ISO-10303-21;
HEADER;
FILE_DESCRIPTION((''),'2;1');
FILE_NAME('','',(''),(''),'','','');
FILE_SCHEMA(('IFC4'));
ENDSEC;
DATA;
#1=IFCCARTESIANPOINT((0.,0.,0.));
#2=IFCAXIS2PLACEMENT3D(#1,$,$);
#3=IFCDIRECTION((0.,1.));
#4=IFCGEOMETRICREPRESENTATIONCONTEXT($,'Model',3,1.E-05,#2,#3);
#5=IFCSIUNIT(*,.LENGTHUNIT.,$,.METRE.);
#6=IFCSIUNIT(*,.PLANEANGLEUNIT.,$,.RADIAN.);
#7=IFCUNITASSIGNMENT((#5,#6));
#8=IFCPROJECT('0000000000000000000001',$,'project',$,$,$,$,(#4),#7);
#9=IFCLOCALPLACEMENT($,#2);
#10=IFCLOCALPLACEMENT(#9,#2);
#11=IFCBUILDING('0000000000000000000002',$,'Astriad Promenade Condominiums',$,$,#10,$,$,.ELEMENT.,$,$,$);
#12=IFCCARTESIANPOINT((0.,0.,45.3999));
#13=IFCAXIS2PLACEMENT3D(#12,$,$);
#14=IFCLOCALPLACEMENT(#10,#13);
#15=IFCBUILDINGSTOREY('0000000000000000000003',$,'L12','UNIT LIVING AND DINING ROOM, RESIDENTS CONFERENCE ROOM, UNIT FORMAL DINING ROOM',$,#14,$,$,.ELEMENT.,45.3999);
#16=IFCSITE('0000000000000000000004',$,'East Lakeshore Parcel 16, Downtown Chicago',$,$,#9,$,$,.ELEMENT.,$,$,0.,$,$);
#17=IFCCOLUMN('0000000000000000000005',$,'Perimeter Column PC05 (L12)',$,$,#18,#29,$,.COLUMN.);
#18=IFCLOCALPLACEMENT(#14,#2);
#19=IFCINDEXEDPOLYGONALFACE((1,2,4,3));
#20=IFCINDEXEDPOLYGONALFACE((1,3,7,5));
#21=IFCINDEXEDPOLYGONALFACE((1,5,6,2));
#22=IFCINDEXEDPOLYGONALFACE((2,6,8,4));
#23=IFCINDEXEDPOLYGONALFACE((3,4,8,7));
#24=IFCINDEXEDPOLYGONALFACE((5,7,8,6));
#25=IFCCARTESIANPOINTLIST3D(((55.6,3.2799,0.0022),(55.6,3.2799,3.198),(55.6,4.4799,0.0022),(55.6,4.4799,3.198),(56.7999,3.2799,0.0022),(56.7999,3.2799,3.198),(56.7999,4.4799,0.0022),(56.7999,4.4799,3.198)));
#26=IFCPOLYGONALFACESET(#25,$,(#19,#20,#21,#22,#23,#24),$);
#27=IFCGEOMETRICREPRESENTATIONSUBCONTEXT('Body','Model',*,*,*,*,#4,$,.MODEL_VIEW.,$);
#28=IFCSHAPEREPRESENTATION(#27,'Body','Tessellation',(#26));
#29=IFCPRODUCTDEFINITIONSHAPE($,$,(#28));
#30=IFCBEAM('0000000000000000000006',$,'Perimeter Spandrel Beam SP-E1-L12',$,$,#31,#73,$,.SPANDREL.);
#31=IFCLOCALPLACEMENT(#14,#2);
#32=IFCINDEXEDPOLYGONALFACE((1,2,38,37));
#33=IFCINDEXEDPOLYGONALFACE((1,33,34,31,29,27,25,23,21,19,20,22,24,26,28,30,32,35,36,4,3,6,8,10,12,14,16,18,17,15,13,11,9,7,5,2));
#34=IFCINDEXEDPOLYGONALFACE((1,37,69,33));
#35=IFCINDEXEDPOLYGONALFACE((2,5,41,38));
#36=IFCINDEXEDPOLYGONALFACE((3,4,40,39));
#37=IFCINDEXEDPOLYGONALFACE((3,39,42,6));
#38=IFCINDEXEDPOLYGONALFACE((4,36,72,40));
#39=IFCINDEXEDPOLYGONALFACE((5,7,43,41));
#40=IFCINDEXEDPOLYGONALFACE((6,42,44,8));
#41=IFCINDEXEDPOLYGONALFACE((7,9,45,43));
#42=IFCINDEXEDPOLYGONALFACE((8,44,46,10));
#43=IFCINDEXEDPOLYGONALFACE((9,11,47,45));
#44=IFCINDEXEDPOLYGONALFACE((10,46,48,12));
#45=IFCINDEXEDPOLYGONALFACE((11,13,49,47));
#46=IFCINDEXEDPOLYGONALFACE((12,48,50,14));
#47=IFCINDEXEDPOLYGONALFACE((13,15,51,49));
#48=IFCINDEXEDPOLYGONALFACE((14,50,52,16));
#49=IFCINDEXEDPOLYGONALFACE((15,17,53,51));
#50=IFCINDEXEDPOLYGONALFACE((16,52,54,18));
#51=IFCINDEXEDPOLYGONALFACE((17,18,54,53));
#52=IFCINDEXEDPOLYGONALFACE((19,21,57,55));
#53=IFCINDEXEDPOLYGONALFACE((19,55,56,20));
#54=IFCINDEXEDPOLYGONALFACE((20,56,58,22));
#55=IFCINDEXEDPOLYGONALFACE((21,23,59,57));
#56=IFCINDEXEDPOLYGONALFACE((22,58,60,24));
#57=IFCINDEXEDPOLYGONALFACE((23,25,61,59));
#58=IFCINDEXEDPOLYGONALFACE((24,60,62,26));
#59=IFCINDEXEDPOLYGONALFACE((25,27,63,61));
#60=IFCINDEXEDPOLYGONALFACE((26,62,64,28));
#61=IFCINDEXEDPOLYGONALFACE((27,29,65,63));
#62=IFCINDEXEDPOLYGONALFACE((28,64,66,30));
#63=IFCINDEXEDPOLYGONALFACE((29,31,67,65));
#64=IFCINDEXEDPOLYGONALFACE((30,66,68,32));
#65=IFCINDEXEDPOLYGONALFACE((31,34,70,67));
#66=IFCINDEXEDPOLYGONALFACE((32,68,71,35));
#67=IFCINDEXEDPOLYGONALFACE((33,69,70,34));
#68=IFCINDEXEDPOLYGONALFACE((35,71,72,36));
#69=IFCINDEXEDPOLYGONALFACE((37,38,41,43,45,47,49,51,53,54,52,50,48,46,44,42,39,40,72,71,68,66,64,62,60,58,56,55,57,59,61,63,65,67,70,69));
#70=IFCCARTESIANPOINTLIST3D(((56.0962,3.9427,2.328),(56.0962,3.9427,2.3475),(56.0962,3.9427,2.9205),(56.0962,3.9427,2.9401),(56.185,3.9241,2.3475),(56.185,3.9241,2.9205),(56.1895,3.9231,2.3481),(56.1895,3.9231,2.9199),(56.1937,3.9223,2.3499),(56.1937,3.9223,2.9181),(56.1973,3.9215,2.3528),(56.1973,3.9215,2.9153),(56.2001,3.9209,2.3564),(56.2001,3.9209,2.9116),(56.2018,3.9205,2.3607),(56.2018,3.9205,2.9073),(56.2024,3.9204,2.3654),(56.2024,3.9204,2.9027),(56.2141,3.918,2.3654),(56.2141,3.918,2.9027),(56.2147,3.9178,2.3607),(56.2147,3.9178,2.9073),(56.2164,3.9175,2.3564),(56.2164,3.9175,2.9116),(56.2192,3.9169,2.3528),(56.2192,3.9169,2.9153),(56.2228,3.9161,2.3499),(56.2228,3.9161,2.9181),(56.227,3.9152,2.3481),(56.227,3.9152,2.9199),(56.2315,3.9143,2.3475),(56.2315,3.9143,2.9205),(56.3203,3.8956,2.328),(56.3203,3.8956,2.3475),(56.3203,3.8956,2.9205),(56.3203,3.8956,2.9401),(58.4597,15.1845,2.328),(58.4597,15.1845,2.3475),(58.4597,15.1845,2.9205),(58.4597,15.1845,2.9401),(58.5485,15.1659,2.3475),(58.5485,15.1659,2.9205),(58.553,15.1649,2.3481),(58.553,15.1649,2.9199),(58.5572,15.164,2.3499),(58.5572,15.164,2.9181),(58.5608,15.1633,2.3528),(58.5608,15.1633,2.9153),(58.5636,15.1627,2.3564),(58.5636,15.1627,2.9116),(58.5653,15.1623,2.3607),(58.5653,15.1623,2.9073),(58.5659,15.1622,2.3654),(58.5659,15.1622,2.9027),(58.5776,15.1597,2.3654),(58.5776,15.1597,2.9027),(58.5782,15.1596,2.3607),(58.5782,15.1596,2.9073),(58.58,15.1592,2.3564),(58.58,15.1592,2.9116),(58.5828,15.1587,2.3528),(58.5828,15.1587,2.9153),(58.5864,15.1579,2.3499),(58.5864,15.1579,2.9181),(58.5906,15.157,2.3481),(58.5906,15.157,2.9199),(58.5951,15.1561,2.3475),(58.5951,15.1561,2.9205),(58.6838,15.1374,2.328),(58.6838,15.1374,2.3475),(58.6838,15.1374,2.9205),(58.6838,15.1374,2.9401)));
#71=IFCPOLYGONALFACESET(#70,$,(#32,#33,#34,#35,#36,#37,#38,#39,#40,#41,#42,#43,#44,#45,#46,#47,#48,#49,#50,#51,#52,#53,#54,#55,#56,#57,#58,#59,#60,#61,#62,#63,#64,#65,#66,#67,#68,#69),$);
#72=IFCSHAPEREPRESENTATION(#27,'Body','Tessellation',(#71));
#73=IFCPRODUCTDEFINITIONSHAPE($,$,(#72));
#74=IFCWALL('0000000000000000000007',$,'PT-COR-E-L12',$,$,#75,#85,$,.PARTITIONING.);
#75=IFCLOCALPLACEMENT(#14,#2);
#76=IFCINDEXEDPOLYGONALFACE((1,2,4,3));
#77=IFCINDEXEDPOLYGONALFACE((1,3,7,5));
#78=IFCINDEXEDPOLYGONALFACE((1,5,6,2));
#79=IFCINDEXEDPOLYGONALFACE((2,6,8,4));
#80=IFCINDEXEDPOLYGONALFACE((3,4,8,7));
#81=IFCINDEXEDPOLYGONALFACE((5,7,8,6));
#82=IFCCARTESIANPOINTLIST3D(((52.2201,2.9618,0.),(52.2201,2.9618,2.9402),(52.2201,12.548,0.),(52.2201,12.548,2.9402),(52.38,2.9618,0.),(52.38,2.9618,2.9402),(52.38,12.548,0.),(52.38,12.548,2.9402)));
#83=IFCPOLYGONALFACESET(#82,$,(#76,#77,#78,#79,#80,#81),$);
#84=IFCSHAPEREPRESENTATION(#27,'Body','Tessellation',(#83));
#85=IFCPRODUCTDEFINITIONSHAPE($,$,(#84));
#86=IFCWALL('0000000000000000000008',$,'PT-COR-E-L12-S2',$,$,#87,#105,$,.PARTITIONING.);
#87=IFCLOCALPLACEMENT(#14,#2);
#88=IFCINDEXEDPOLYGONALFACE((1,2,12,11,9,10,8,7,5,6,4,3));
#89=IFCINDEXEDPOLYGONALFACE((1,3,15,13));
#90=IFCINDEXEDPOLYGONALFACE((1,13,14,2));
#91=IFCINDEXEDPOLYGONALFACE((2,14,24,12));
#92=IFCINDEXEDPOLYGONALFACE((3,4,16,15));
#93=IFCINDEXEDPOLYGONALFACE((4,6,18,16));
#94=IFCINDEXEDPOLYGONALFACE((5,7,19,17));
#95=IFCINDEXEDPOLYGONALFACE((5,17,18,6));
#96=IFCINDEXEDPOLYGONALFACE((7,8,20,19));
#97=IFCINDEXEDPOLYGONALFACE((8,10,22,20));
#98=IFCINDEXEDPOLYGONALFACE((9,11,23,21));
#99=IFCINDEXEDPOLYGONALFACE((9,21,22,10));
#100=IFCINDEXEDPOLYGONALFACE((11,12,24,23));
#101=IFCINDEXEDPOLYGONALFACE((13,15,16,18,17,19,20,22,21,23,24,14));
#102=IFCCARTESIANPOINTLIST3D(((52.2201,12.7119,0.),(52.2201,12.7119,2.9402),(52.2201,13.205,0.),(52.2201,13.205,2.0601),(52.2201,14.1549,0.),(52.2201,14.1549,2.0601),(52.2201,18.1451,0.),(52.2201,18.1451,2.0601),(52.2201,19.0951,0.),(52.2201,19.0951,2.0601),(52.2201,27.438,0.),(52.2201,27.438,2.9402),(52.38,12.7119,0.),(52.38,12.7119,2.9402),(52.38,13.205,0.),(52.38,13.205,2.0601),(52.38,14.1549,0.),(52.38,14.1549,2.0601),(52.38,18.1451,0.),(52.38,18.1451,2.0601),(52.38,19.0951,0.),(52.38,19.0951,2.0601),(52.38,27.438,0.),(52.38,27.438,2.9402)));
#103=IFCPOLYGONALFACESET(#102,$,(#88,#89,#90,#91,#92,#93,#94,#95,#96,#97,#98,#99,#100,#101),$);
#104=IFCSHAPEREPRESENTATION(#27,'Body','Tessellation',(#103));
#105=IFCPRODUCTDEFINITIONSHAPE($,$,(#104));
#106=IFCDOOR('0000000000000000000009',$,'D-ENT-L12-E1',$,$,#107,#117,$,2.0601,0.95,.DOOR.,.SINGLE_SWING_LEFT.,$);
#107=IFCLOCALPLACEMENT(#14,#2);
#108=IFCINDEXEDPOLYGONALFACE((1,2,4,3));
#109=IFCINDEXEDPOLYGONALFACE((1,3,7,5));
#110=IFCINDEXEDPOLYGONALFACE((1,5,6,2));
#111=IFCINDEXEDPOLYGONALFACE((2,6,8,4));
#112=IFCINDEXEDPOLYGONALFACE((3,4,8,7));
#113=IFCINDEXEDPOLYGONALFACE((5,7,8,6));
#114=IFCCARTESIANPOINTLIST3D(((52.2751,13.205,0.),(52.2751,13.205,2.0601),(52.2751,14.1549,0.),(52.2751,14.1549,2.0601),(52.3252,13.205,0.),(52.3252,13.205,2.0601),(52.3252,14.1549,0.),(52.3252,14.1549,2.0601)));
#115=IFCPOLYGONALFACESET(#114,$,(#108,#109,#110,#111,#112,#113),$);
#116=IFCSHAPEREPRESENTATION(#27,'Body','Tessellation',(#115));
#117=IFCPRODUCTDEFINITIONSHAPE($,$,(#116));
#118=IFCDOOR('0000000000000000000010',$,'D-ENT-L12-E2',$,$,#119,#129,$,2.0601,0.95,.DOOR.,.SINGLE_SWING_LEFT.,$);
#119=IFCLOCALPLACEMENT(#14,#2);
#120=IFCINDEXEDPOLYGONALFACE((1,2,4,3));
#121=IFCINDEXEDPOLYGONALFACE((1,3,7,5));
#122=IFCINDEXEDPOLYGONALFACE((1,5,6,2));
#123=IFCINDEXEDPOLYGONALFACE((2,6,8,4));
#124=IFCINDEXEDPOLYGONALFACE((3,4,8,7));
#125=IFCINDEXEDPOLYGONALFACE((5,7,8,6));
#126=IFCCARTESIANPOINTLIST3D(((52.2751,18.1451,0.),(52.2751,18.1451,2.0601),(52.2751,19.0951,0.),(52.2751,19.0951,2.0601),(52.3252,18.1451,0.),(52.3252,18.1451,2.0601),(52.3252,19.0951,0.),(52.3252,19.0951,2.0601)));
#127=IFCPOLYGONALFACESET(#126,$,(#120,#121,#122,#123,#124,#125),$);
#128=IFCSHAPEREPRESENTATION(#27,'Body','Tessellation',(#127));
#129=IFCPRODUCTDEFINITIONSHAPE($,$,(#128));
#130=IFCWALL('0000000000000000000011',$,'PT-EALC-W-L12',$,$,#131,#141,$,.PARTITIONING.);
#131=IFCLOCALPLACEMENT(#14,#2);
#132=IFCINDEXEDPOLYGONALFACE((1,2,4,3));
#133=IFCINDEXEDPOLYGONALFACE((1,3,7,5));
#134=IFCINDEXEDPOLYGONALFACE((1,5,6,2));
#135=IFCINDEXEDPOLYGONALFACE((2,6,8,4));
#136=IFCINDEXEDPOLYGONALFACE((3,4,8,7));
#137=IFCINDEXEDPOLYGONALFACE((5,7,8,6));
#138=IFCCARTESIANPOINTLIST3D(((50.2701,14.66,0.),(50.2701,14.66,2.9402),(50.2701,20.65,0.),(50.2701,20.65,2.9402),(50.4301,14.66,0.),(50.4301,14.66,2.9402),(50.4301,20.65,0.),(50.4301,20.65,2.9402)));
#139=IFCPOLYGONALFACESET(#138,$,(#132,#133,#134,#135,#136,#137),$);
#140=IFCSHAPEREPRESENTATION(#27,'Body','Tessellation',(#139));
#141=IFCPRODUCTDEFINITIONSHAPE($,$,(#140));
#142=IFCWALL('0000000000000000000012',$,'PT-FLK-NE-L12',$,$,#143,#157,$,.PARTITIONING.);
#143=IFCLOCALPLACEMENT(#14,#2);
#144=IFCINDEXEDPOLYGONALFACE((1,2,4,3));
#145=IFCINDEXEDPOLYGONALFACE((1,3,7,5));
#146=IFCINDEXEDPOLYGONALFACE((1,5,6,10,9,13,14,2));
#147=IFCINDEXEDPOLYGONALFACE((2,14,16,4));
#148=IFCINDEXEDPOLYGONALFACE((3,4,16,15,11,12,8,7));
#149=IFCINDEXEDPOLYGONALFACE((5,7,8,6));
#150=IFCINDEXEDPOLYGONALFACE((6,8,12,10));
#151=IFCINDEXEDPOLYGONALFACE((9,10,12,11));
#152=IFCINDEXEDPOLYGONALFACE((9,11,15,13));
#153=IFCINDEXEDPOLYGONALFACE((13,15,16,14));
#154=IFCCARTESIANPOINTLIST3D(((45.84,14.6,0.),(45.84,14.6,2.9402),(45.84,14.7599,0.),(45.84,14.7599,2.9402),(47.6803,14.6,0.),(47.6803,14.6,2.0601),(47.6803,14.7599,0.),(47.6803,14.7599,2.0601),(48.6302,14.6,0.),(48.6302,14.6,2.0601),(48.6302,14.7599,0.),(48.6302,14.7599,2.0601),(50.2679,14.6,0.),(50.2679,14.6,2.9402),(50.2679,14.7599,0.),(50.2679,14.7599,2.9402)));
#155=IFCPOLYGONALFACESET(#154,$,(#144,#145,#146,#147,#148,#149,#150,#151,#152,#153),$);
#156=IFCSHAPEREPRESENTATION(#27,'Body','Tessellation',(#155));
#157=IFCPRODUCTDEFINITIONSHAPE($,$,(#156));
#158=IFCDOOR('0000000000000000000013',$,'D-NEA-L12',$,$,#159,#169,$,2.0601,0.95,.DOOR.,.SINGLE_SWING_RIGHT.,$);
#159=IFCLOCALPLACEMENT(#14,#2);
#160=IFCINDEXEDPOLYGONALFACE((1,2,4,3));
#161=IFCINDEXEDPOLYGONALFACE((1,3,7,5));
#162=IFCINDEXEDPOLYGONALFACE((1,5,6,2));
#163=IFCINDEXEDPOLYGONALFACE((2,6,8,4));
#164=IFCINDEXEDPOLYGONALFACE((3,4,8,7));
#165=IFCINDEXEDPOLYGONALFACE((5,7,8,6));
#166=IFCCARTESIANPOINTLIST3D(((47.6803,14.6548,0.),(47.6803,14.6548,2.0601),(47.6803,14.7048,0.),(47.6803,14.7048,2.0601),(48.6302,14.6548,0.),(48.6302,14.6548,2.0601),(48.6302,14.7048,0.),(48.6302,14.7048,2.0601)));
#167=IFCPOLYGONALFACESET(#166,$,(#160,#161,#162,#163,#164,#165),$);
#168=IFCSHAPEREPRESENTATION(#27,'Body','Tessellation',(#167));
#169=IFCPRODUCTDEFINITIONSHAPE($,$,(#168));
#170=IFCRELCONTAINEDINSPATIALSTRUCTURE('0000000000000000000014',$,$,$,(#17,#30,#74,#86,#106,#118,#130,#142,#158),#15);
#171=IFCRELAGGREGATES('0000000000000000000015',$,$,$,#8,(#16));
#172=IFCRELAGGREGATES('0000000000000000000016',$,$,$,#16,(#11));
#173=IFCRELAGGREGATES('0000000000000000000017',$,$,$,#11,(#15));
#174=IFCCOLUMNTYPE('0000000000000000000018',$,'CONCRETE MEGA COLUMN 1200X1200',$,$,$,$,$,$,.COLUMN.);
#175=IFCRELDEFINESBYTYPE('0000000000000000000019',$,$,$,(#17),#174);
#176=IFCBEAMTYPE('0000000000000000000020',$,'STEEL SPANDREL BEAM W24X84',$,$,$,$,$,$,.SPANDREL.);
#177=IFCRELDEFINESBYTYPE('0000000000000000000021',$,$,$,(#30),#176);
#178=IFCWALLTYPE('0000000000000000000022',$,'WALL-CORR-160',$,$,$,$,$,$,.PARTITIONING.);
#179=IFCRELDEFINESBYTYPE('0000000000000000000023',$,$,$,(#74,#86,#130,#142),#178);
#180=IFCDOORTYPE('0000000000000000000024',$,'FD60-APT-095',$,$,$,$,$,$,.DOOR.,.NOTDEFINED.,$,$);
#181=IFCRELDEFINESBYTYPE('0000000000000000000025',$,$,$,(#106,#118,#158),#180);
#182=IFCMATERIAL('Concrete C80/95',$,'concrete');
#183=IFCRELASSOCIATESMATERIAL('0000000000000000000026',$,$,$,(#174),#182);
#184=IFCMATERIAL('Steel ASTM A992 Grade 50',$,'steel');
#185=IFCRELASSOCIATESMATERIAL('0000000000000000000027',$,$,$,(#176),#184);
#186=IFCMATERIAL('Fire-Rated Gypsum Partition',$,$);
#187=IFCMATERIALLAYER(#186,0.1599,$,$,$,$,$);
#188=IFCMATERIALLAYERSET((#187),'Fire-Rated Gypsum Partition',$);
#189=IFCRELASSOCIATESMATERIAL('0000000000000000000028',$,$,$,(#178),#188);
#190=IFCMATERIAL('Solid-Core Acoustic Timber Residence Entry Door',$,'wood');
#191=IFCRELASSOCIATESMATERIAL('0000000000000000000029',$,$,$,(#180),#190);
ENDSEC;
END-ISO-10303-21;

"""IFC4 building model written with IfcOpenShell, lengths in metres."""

from ifc_helpers import new_model, si_unit, direction, frame, frame_2d, origin, origin_2d, place, context, subcontext, project, spatial, rectangle, i_section, extrude, source, transform, mapped, material, layer, layer_set, material_profile, profile_set, type_object, type_shapes, element, fill, save


model = new_model("IFC4")

# Units and contexts
model_context = context("Model", 3, precision=1e-05, world=origin(), true_north=direction((0.0, 1.0)))
body_context = subcontext(model_context, "Body", "Model", "MODEL_VIEW")
ifc_project = project(units=[si_unit("LENGTHUNIT", "METRE"), si_unit("PLANEANGLEUNIT", "RADIAN")], contexts=[model_context])

# Site, building, storey
site_placement = place(None, origin())
site = spatial("IfcSite", under=ifc_project, at=site_placement, Name="East Lakeshore Parcel 16, Downtown Chicago", CompositionType="ELEMENT", RefElevation=0.0)
building_placement = place(site_placement, origin())
building = spatial("IfcBuilding", under=site, at=building_placement, Name="Astriad Promenade Condominiums", CompositionType="ELEMENT")
storey_placement = place(building_placement, frame((0.0, 0.0, 45.3999)))
storey = spatial("IfcBuildingStorey", under=building, at=storey_placement, Name="L12", Description="UNIT LIVING AND DINING ROOM, RESIDENTS CONFERENCE ROOM, UNIT FORMAL DINING ROOM", CompositionType="ELEMENT", Elevation=45.3999)

# Column
ifc_material_1 = material(Name="Concrete C80/95", Category="concrete")
ifc_material_profile_1 = material_profile(ifc_material_1, rectangle(XDim=1.2, YDim=1.2, at=origin_2d()), Name="RC-COL-1200X1200")
ifc_profile_set_1 = profile_set([ifc_material_profile_1], Name="Concrete C80/95")
column_type = type_object("IfcColumnType", Name="CONCRETE MEGA COLUMN 1200X1200", PredefinedType="COLUMN", material=ifc_profile_set_1)
shared_shape_1 = source(origin(), body_context, "Body", "SweptSolid", [
    extrude(rectangle(XDim=1.2, YDim=1.2, at=origin_2d()), origin(), (0.0, 0.0, 1.0), 3.1958),
])
type_shapes(column_type, [shared_shape_1])
column_placement = place(storey_placement, frame((56.2, 3.8799, 0.0022), z_axis=(0.0, 0.0, 1.0), x_axis=(1.0, 0.0, 0.0)))
element("IfcColumn", 1, at=column_placement, inside=storey, type_object=column_type, Name="Perimeter Column PC05 (L12)", PredefinedType="COLUMN", context=body_context, shape_type="MappedRepresentation", body=[
    mapped(shared_shape_1, transform((0.0, 0.0, 0.0), scale=1.0)),
])

# Beam
ifc_material_2 = material(Name="Steel ASTM A992 Grade 50", Category="steel")
ifc_material_profile_2 = material_profile(ifc_material_2, i_section(OverallWidth=0.229, OverallDepth=0.6121, WebThickness=0.012, FlangeThickness=0.0195, FilletRadius=0.0178, at=origin_2d()), Name="W24X84")
ifc_profile_set_2 = profile_set([ifc_material_profile_2], Name="Steel ASTM A992 Grade 50")
beam_type = type_object("IfcBeamType", Name="STEEL SPANDREL BEAM W24X84", PredefinedType="SPANDREL", material=ifc_profile_set_2)
shared_shape_2 = source(origin(), body_context, "Body", "SweptSolid", [
    extrude(i_section(OverallWidth=0.229, OverallDepth=0.6121, WebThickness=0.012, FlangeThickness=0.0195, FilletRadius=0.0178, at=origin_2d()), origin(), (0.0, 0.0, 1.0), 11.4875),
])
type_shapes(beam_type, [shared_shape_2])
beam_placement = place(storey_placement, frame((56.2083, 3.9192, 2.634), z_axis=(0.205748, 0.978605, 0.0), x_axis=(-0.978605, 0.205748, 0.0)))
element("IfcBeam", 2, at=beam_placement, inside=storey, type_object=beam_type, Name="Perimeter Spandrel Beam SP-E1-L12", PredefinedType="SPANDREL", context=body_context, shape_type="MappedRepresentation", body=[
    mapped(shared_shape_2, transform((0.0, 0.0, 0.0), scale=1.0)),
])

# Wall
ifc_material_3 = material(Name="Fire-Rated Gypsum Partition")
ifc_layer_1 = layer(ifc_material_3, 0.1599)
ifc_layer_set_1 = layer_set([ifc_layer_1], Name="Fire-Rated Gypsum Partition")
wall_type_1 = type_object("IfcWallType", Name="WALL-CORR-160", PredefinedType="PARTITIONING", material=ifc_layer_set_1)
wall_1_placement = place(storey_placement, frame((52.3, 2.9619, 0.0), z_axis=(0.0, 0.0, 1.0), x_axis=(0.0, 1.0, 0.0)))
element("IfcWall", 3, at=wall_1_placement, inside=storey, type_object=wall_type_1, Name="PT-COR-E-L12", PredefinedType="PARTITIONING", context=body_context, shape_type="SweptSolid", body=[
    extrude(rectangle(XDim=9.5862, YDim=0.1599, at=frame_2d((4.793, 0.0))), origin(), (0.0, 0.0, 1.0), 2.9402),
])

# Wall, openings, doors
wall_2_placement = place(storey_placement, frame((52.3, 12.7119, 0.0), z_axis=(0.0, 0.0, 1.0), x_axis=(0.0, 1.0, 0.0)))
wall_2 = element("IfcWall", 4, at=wall_2_placement, inside=storey, type_object=wall_type_1, Name="PT-COR-E-L12-S2", PredefinedType="PARTITIONING", context=body_context, shape_type="SweptSolid", body=[
    extrude(rectangle(XDim=14.7261, YDim=0.1599, at=frame_2d((7.363, 0.0))), origin(), (0.0, 0.0, 1.0), 2.9402),
])
opening_1_placement = place(wall_2_placement, frame((0.4929, 0.0, 0.0)))
opening_1 = element("IfcOpeningElement", 5, at=opening_1_placement, cuts=wall_2, PredefinedType="OPENING", context=body_context, shape_type="SweptSolid", body=[
    extrude(rectangle(XDim=0.95, YDim=2.0601, at=frame_2d((0.4751, 1.03))), frame((0.0, 0.0898, 0.0), z_axis=(0.0, -1.0, 0.0), x_axis=(1.0, 0.0, 0.0)), (0.0, 0.0, 1.0), 0.1799),
])
opening_2_placement = place(wall_2_placement, frame((5.4331, 0.0, 0.0)))
opening_2 = element("IfcOpeningElement", 6, at=opening_2_placement, cuts=wall_2, PredefinedType="OPENING", context=body_context, shape_type="SweptSolid", body=[
    extrude(rectangle(XDim=0.95, YDim=2.0601, at=frame_2d((0.4751, 1.03))), frame((0.0, 0.0898, 0.0), z_axis=(0.0, -1.0, 0.0), x_axis=(1.0, 0.0, 0.0)), (0.0, 0.0, 1.0), 0.1799),
])
ifc_material_4 = material(Name="Solid-Core Acoustic Timber Residence Entry Door", Category="wood")
door_type_1 = type_object("IfcDoorType", Name="FD60-APT-095", OperationType="NOTDEFINED", PredefinedType="DOOR", material=ifc_material_4)
shared_shape_3 = source(origin(), body_context, "Body", "SweptSolid", [
    extrude(rectangle(XDim=0.95, YDim=2.0601, at=frame_2d((0.4751, 1.03))), frame((0.0, 0.0249, 0.0), z_axis=(0.0, -1.0, 0.0), x_axis=(1.0, 0.0, 0.0)), (0.0, 0.0, 1.0), 0.05),
])
type_shapes(door_type_1, [shared_shape_3])
door_1_placement = place(opening_1_placement, origin())
door_1 = element("IfcDoor", 7, at=door_1_placement, inside=storey, type_object=door_type_1, Name="D-ENT-L12-E1", OperationType="SINGLE_SWING_LEFT", OverallHeight=2.0601, OverallWidth=0.95, PredefinedType="DOOR", context=body_context, shape_type="MappedRepresentation", body=[
    mapped(shared_shape_3, transform((0.0, 0.0, 0.0), scale=1.0)),
])
fill(opening_1, door_1)
door_2_placement = place(opening_2_placement, origin())
door_2 = element("IfcDoor", 8, at=door_2_placement, inside=storey, type_object=door_type_1, Name="D-ENT-L12-E2", OperationType="SINGLE_SWING_LEFT", OverallHeight=2.0601, OverallWidth=0.95, PredefinedType="DOOR", context=body_context, shape_type="MappedRepresentation", body=[
    mapped(shared_shape_3, transform((0.0, 0.0, 0.0), scale=1.0)),
])
fill(opening_2, door_2)

# Wall
wall_3_placement = place(storey_placement, frame((50.3501, 14.6599, 0.0), z_axis=(0.0, 0.0, 1.0), x_axis=(0.0, 1.0, 0.0)))
element("IfcWall", 9, at=wall_3_placement, inside=storey, type_object=wall_type_1, Name="PT-EALC-W-L12", PredefinedType="PARTITIONING", context=body_context, shape_type="SweptSolid", body=[
    extrude(rectangle(XDim=5.99, YDim=0.1599, at=frame_2d((2.9951, 0.0))), origin(), (0.0, 0.0, 1.0), 2.9402),
])

# Wall, opening, door
wall_4_placement = place(storey_placement, frame((45.8401, 14.6799, 0.0), z_axis=(0.0, 0.0, 1.0), x_axis=(1.0, 0.0, 0.0)))
wall_4 = element("IfcWall", 10, at=wall_4_placement, inside=storey, type_object=wall_type_1, Name="PT-FLK-NE-L12", PredefinedType="PARTITIONING", context=body_context, shape_type="SweptSolid", body=[
    extrude(rectangle(XDim=4.428, YDim=0.1599, at=frame_2d((2.2139, 0.0))), origin(), (0.0, 0.0, 1.0), 2.9402),
])
opening_3_placement = place(wall_4_placement, frame((1.8401, 0.0, 0.0)))
opening_3 = element("IfcOpeningElement", 11, at=opening_3_placement, cuts=wall_4, PredefinedType="OPENING", context=body_context, shape_type="SweptSolid", body=[
    extrude(rectangle(XDim=0.95, YDim=2.0601, at=frame_2d((0.4751, 1.03))), frame((0.0, 0.0898, 0.0), z_axis=(0.0, -1.0, 0.0), x_axis=(1.0, 0.0, 0.0)), (0.0, 0.0, 1.0), 0.1799),
])
door_3_placement = place(opening_3_placement, origin())
door_3 = element("IfcDoor", 12, at=door_3_placement, inside=storey, type_object=door_type_1, Name="D-NEA-L12", OperationType="SINGLE_SWING_RIGHT", OverallHeight=2.0601, OverallWidth=0.95, PredefinedType="DOOR", context=body_context, shape_type="MappedRepresentation", body=[
    mapped(shared_shape_3, transform((0.0, 0.0, 0.0), scale=1.0)),
])
fill(opening_3, door_3)

save(model, "model.ifc")
